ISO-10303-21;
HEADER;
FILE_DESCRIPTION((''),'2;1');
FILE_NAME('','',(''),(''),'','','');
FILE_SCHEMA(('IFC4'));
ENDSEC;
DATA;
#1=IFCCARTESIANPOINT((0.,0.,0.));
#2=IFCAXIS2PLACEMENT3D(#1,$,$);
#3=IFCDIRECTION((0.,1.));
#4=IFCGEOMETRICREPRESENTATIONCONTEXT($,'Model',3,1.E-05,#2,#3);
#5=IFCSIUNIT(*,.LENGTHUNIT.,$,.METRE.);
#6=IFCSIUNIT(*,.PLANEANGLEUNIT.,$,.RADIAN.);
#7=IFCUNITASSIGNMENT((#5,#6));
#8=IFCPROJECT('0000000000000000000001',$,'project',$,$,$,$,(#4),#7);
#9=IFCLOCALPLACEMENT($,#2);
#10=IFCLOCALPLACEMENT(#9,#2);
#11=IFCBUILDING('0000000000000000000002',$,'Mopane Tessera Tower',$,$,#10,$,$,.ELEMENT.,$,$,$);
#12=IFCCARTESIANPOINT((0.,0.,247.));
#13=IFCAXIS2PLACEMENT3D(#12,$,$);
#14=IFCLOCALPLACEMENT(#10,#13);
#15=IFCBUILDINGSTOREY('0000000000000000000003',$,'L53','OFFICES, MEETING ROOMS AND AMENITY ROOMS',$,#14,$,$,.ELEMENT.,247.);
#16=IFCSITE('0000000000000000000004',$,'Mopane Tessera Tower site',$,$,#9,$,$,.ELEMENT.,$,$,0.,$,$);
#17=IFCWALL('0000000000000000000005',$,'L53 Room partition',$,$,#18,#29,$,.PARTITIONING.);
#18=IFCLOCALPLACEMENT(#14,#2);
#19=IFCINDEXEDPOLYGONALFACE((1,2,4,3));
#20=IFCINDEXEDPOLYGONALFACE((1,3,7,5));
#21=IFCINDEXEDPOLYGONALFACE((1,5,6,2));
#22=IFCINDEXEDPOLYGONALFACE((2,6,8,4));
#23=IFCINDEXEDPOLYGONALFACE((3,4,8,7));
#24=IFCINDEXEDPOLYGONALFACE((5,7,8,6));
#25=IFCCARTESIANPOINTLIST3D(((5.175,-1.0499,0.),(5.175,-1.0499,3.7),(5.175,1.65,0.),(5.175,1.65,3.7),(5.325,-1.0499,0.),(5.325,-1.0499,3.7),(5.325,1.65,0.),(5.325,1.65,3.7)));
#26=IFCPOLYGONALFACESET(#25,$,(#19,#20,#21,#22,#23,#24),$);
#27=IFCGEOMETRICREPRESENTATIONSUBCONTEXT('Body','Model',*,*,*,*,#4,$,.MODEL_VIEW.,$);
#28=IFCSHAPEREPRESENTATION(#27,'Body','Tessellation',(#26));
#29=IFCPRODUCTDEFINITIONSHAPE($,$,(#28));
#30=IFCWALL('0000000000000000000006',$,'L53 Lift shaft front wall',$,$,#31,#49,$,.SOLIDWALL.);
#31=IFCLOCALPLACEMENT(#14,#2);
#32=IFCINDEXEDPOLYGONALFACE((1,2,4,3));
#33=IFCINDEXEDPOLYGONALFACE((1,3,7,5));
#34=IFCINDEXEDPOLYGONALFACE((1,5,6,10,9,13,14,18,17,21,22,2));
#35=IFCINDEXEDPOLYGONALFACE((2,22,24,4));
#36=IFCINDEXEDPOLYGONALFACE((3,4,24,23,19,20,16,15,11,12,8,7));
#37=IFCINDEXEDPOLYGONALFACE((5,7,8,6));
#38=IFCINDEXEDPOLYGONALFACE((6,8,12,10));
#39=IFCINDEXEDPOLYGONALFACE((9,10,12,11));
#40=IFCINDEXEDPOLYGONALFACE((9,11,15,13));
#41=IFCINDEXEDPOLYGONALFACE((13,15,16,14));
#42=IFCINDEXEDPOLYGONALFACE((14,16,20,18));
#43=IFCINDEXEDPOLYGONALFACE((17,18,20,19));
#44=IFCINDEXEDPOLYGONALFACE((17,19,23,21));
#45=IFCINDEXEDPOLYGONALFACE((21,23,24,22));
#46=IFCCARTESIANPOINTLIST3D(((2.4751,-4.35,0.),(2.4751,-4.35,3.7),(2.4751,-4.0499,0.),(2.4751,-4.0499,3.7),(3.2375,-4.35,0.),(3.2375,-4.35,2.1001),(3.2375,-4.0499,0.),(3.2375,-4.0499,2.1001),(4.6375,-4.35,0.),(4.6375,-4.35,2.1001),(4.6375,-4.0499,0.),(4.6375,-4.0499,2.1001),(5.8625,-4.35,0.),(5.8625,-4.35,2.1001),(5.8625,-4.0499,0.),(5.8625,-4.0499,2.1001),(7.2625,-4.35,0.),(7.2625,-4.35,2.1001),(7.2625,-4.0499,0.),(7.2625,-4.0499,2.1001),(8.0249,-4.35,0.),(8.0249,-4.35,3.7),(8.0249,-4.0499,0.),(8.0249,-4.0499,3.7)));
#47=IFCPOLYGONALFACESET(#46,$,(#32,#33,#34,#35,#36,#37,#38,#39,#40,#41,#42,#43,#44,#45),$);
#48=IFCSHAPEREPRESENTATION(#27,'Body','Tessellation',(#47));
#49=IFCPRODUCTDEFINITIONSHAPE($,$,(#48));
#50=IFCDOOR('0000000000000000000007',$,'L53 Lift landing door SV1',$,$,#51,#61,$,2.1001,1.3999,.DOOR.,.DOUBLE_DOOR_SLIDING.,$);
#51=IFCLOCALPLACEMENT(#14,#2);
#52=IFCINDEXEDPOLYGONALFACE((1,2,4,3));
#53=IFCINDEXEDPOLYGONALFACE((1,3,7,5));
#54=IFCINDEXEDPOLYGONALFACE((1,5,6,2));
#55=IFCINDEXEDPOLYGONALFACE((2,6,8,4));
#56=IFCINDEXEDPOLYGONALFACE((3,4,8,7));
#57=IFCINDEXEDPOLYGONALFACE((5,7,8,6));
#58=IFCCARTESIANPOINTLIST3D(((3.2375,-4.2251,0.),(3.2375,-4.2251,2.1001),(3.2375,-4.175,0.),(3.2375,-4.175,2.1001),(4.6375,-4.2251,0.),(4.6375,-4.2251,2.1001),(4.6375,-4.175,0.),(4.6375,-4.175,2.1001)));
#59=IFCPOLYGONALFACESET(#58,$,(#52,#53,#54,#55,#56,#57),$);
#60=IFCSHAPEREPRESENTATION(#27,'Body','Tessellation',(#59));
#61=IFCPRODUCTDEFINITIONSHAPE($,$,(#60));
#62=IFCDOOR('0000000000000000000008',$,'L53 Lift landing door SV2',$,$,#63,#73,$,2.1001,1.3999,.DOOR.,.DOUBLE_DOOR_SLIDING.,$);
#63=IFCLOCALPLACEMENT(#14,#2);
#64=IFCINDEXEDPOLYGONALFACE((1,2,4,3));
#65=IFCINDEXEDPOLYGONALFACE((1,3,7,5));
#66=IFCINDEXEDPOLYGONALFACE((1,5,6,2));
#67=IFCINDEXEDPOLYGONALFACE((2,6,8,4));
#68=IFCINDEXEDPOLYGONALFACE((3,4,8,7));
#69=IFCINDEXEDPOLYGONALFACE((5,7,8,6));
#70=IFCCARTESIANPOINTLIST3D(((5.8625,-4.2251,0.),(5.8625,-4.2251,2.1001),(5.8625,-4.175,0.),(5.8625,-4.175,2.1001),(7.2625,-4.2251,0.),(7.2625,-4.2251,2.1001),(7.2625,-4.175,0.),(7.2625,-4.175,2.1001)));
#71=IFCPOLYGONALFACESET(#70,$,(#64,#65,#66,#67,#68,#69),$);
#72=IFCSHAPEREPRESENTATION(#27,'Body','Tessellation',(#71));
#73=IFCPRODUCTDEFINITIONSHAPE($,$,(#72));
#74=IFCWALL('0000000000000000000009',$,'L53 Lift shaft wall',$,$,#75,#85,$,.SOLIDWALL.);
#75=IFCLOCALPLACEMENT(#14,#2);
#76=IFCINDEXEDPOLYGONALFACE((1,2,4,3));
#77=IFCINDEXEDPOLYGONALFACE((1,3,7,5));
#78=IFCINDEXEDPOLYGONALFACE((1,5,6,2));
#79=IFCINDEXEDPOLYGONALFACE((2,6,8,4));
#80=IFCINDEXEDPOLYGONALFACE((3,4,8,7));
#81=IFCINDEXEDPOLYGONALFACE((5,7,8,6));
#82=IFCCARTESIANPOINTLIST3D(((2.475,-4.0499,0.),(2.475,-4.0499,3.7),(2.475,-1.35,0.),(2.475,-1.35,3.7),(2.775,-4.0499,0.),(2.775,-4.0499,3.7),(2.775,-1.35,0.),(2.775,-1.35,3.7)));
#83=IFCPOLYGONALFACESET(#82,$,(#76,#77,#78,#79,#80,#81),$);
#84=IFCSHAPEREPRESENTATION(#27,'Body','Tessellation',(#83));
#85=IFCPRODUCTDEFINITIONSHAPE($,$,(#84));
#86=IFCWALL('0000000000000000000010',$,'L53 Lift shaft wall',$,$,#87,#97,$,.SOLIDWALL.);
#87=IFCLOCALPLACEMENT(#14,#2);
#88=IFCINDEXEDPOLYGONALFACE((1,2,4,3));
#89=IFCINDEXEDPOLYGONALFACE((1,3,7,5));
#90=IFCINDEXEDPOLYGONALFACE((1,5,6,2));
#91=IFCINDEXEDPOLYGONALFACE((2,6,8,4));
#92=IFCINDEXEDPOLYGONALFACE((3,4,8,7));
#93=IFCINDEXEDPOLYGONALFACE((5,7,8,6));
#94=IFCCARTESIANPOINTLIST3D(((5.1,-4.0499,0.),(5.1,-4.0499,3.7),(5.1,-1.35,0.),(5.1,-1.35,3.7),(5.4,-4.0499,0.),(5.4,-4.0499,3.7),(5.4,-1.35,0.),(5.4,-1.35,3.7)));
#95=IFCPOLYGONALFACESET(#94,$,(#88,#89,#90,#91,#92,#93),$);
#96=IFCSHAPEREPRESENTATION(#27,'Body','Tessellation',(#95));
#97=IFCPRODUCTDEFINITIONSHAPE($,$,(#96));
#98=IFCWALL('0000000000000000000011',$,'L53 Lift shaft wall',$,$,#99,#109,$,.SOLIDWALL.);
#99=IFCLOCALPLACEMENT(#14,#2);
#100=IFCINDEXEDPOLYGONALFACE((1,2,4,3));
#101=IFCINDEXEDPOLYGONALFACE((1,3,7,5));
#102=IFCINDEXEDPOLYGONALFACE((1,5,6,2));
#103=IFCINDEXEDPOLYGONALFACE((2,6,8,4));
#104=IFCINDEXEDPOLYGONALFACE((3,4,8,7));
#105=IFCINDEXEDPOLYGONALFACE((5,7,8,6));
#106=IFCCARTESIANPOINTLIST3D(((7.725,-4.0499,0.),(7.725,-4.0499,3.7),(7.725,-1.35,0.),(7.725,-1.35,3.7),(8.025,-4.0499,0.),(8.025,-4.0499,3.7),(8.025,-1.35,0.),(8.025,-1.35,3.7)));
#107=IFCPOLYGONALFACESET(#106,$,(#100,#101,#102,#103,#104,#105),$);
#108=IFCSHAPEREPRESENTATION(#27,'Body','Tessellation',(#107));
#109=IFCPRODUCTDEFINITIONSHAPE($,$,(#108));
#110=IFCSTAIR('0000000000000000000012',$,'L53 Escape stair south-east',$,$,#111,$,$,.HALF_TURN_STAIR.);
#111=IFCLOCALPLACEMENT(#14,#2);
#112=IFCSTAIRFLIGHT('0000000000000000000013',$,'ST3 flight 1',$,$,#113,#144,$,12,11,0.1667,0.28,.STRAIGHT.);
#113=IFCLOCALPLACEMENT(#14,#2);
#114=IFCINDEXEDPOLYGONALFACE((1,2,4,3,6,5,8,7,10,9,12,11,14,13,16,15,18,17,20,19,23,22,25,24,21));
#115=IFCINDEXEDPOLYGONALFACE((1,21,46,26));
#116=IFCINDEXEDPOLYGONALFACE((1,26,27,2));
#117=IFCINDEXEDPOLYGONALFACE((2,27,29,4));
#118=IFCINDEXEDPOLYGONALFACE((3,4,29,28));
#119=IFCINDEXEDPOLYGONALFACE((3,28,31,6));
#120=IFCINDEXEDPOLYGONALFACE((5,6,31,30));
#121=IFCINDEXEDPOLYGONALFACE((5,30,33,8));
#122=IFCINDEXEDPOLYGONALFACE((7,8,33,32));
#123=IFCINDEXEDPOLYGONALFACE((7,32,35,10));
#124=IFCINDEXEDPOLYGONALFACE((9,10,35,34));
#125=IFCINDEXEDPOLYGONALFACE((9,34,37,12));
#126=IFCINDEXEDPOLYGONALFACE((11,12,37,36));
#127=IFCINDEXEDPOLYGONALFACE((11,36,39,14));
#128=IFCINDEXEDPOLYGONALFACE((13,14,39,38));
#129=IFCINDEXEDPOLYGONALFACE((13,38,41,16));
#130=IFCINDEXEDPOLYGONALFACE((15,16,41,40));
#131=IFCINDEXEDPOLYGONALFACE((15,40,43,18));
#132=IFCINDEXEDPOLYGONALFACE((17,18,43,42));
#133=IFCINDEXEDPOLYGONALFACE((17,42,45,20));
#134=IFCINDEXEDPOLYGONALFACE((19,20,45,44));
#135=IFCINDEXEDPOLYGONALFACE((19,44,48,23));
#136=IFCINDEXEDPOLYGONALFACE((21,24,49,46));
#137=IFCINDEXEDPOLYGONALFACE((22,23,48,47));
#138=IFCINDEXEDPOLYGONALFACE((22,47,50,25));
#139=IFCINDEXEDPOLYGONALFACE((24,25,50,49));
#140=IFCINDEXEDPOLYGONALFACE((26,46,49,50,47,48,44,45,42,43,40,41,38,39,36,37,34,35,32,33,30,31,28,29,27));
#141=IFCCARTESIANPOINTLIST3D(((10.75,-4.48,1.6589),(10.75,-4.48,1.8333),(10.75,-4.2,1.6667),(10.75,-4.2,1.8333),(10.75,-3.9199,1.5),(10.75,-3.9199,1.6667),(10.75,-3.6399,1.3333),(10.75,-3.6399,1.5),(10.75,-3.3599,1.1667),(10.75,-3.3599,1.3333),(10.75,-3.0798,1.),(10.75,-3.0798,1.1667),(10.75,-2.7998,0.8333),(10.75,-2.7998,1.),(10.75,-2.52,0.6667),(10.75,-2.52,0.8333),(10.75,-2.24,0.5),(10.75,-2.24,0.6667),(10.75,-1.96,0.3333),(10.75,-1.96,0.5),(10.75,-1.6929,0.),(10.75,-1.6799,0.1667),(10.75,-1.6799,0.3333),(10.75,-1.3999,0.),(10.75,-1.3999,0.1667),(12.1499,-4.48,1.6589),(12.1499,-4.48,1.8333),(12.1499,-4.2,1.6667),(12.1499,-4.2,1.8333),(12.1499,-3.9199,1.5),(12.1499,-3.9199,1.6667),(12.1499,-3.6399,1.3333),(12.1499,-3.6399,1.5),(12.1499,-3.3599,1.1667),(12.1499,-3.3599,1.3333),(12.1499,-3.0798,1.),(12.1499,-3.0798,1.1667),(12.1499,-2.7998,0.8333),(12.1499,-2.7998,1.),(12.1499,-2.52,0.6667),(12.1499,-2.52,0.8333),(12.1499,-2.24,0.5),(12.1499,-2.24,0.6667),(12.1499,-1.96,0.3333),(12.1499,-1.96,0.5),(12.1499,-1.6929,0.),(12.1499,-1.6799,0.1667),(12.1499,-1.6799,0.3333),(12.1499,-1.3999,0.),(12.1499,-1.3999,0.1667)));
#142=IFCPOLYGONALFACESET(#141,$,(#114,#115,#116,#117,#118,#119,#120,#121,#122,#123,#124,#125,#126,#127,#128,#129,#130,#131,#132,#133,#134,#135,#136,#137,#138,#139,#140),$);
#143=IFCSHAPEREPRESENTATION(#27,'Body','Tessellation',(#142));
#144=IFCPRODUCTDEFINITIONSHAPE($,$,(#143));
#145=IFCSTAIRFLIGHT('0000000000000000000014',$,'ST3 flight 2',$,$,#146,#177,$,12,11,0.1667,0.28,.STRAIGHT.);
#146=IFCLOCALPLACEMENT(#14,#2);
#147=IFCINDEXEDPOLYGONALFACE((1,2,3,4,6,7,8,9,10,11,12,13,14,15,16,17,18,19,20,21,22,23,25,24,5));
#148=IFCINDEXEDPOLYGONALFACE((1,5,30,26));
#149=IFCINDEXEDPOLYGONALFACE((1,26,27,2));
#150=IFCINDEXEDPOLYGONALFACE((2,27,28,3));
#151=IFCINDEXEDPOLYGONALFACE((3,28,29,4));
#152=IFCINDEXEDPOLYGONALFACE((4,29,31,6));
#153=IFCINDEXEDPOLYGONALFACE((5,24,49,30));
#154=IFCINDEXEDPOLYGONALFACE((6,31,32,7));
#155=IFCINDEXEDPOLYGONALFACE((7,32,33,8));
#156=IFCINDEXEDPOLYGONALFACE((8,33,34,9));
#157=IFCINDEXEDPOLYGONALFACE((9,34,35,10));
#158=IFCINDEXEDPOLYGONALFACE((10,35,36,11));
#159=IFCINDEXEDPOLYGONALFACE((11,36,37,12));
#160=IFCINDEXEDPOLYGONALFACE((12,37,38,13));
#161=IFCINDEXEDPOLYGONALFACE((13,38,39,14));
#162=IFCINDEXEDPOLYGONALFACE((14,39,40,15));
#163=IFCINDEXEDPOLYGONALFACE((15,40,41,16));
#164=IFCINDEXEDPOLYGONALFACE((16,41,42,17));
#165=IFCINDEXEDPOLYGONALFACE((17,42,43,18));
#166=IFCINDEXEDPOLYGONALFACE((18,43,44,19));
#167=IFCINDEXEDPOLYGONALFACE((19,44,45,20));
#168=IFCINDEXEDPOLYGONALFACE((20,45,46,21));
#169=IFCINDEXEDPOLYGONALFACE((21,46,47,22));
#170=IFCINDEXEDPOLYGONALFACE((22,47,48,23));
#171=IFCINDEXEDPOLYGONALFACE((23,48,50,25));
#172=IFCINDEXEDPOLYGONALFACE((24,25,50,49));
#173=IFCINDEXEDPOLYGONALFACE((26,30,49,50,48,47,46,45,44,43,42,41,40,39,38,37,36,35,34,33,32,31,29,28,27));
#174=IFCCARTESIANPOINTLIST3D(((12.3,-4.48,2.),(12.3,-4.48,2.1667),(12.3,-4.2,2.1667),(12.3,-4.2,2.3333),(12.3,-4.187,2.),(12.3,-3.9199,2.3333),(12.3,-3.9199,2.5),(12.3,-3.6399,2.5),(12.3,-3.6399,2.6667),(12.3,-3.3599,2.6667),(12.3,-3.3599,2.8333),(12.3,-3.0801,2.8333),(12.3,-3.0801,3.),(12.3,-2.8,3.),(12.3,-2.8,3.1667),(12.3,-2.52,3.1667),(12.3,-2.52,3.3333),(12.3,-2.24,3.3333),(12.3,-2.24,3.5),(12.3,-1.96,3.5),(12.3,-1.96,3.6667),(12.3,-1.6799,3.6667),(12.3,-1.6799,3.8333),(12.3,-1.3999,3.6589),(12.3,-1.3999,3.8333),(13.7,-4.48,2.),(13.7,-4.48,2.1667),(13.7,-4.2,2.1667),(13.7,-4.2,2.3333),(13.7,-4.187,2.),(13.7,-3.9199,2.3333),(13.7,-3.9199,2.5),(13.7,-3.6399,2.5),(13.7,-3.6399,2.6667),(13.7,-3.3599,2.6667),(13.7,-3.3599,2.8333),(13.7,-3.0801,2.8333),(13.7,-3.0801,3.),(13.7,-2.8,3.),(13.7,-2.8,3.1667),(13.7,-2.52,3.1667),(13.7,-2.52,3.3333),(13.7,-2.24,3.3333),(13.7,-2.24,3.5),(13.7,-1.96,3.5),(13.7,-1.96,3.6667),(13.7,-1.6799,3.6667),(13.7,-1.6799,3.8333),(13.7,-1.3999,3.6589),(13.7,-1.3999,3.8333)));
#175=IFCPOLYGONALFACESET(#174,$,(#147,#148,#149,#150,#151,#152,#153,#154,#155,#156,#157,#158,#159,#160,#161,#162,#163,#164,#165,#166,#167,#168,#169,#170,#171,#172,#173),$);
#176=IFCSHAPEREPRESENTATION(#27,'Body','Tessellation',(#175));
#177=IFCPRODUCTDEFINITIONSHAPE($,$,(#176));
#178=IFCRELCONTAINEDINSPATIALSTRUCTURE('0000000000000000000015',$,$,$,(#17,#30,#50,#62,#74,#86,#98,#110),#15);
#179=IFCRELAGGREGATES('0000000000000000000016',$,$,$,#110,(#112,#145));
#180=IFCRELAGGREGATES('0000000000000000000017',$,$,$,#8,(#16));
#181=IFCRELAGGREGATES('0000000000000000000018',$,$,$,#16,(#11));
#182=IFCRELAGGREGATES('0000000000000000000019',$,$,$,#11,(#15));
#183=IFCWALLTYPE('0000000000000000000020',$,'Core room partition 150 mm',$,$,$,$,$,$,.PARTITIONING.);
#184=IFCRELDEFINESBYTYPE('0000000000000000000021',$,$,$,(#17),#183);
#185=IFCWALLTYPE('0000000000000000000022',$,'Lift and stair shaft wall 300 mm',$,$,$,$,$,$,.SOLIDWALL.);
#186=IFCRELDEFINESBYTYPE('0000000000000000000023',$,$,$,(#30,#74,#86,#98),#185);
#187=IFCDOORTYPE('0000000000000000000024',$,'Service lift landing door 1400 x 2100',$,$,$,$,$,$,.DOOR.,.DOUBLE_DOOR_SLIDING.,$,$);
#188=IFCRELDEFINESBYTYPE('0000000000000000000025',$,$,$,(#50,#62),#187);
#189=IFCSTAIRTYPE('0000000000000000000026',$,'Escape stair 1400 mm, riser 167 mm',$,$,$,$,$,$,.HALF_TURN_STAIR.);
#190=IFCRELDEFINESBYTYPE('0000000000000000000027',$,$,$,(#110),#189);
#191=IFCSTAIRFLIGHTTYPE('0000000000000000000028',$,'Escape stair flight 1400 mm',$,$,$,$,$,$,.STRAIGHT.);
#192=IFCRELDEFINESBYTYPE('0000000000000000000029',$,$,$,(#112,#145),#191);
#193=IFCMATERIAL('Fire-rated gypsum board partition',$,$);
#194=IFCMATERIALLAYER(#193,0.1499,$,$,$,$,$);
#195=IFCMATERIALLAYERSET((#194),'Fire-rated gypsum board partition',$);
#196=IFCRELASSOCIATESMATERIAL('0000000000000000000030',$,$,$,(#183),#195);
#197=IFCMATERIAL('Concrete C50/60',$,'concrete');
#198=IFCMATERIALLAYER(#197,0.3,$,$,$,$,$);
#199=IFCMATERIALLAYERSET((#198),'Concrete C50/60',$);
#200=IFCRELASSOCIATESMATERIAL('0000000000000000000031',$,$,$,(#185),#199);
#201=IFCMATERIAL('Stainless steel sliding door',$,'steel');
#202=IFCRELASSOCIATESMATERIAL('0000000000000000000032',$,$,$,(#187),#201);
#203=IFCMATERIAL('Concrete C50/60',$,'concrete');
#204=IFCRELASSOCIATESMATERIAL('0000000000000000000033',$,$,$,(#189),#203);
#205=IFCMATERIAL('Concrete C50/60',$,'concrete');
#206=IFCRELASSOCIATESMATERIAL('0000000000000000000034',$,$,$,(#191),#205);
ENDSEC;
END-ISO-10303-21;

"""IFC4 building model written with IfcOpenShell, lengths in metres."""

from ifc_helpers import new_model, si_unit, direction, frame, frame_2d, origin, place, context, subcontext, project, spatial, polyline, rectangle, outline, extrude, material, layer, layer_set, type_object, element, fill, aggregate, save


model = new_model("IFC4")

# Units and contexts
model_context = context("Model", 3, precision=1e-05, world=origin(), true_north=direction((0.0, 1.0)))
body_context = subcontext(model_context, "Body", "Model", "MODEL_VIEW")
ifc_project = project(units=[si_unit("LENGTHUNIT", "METRE"), si_unit("PLANEANGLEUNIT", "RADIAN")], contexts=[model_context])

# Site, building, storey
site_placement = place(None, origin())
site = spatial("IfcSite", under=ifc_project, at=site_placement, Name="Mopane Tessera Tower site", CompositionType="ELEMENT", RefElevation=0.0)
building_placement = place(site_placement, origin())
building = spatial("IfcBuilding", under=site, at=building_placement, Name="Mopane Tessera Tower", CompositionType="ELEMENT")
storey_placement = place(building_placement, frame((0.0, 0.0, 247.0)))
storey = spatial("IfcBuildingStorey", under=building, at=storey_placement, Name="L53", Description="OFFICES, MEETING ROOMS AND AMENITY ROOMS", CompositionType="ELEMENT", Elevation=247.0)

# Wall
ifc_material_1 = material(Name="Fire-rated gypsum board partition")
ifc_layer_1 = layer(ifc_material_1, 0.1499)
ifc_layer_set_1 = layer_set([ifc_layer_1], Name="Fire-rated gypsum board partition")
wall_type_1 = type_object("IfcWallType", Name="Core room partition 150 mm", PredefinedType="PARTITIONING", material=ifc_layer_set_1)
for number, where, z_axis, x_axis, name in (
    (1, (5.25, -1.05, 0.0), (0.0, 0.0, 1.0), (0.0, 1.0, 0.0), "L53 Room partition"),
):
    element("IfcWall", number, at=place(storey_placement, frame(where, z_axis=z_axis, x_axis=x_axis)), inside=storey, type_object=wall_type_1, Name=name, PredefinedType="PARTITIONING", context=body_context, shape_type="SweptSolid", body=[
        extrude(rectangle(XDim=2.7, YDim=0.1499, at=frame_2d((1.3501, 0.0))), origin(), (0.0, 0.0, 1.0), 3.7),
    ])

# Wall, openings, doors
ifc_material_2 = material(Name="Concrete C50/60", Category="concrete")
ifc_layer_2 = layer(ifc_material_2, 0.3)
ifc_layer_set_2 = layer_set([ifc_layer_2], Name="Concrete C50/60")
wall_type_2 = type_object("IfcWallType", Name="Lift and stair shaft wall 300 mm", PredefinedType="SOLIDWALL", material=ifc_layer_set_2)
wall_placement = place(storey_placement, frame((2.4751, -4.2, 0.0), z_axis=(0.0, 0.0, 1.0), x_axis=(1.0, 0.0, 0.0)))
wall = element("IfcWall", 2, at=wall_placement, inside=storey, type_object=wall_type_2, Name="L53 Lift shaft front wall", PredefinedType="SOLIDWALL", context=body_context, shape_type="SweptSolid", body=[
    extrude(rectangle(XDim=5.5498, YDim=0.3, at=frame_2d((2.7749, 0.0))), origin(), (0.0, 0.0, 1.0), 3.7),
])
opening_1_placement = place(wall_placement, frame((0.7625, 0.0, 0.0)))
opening_1 = element("IfcOpeningElement", 3, at=opening_1_placement, cuts=wall, PredefinedType="OPENING", context=body_context, shape_type="SweptSolid", body=[
    extrude(rectangle(XDim=1.3999, YDim=2.1001, at=frame_2d((0.7, 1.05))), frame((0.0, 0.1621, 0.0), z_axis=(0.0, -1.0, 0.0), x_axis=(1.0, 0.0, 0.0)), (0.0, 0.0, 1.0), 0.324),
])
opening_2_placement = place(wall_placement, frame((3.3875, 0.0, 0.0)))
opening_2 = element("IfcOpeningElement", 4, at=opening_2_placement, cuts=wall, PredefinedType="OPENING", context=body_context, shape_type="SweptSolid", body=[
    extrude(rectangle(XDim=1.3999, YDim=2.1001, at=frame_2d((0.7, 1.05))), frame((0.0, 0.1621, 0.0), z_axis=(0.0, -1.0, 0.0), x_axis=(1.0, 0.0, 0.0)), (0.0, 0.0, 1.0), 0.324),
])
ifc_material_3 = material(Name="Stainless steel sliding door", Category="steel")
door_type = type_object("IfcDoorType", Name="Service lift landing door 1400 x 2100", OperationType="DOUBLE_DOOR_SLIDING", PredefinedType="DOOR", material=ifc_material_3)
door_1_placement = place(opening_1_placement, origin())
door_1 = element("IfcDoor", 5, at=door_1_placement, inside=storey, type_object=door_type, Name="L53 Lift landing door SV1", OperationType="DOUBLE_DOOR_SLIDING", OverallHeight=2.1001, OverallWidth=1.3999, PredefinedType="DOOR", context=body_context, shape_type="SweptSolid", body=[
    extrude(rectangle(XDim=1.3999, YDim=2.1001, at=frame_2d((0.7, 1.05))), frame((0.0, 0.0249, 0.0), z_axis=(0.0, -1.0, 0.0), x_axis=(1.0, 0.0, 0.0)), (0.0, 0.0, 1.0), 0.05),
])
fill(opening_1, door_1)
door_2_placement = place(opening_2_placement, origin())
door_2 = element("IfcDoor", 6, at=door_2_placement, inside=storey, type_object=door_type, Name="L53 Lift landing door SV2", OperationType="DOUBLE_DOOR_SLIDING", OverallHeight=2.1001, OverallWidth=1.3999, PredefinedType="DOOR", context=body_context, shape_type="SweptSolid", body=[
    extrude(rectangle(XDim=1.3999, YDim=2.1001, at=frame_2d((0.7, 1.05))), frame((0.0, 0.0249, 0.0), z_axis=(0.0, -1.0, 0.0), x_axis=(1.0, 0.0, 0.0)), (0.0, 0.0, 1.0), 0.05),
])
fill(opening_2, door_2)

# Walls
for number, where, z_axis, x_axis, name in (
    (7, (2.625, -4.05, 0.0), (0.0, 0.0, 1.0), (0.0, 1.0, 0.0), "L53 Lift shaft wall"),
    (8, (5.25, -4.05, 0.0), (0.0, 0.0, 1.0), (0.0, 1.0, 0.0), "L53 Lift shaft wall"),
    (9, (7.875, -4.05, 0.0), (0.0, 0.0, 1.0), (0.0, 1.0, 0.0), "L53 Lift shaft wall"),
):
    element("IfcWall", number, at=place(storey_placement, frame(where, z_axis=z_axis, x_axis=x_axis)), inside=storey, type_object=wall_type_2, Name=name, PredefinedType="SOLIDWALL", context=body_context, shape_type="SweptSolid", body=[
        extrude(rectangle(XDim=2.7, YDim=0.3, at=frame_2d((1.3501, 0.0))), origin(), (0.0, 0.0, 1.0), 3.7),
    ])

# Stair, stair flights
ifc_material_4 = material(Name="Concrete C50/60", Category="concrete")
stair_type = type_object("IfcStairType", Name="Escape stair 1400 mm, riser 167 mm", PredefinedType="HALF_TURN_STAIR", material=ifc_material_4)
stair_placement = place(storey_placement, origin())
stair = element("IfcStair", 10, at=stair_placement, inside=storey, type_object=stair_type, Name="L53 Escape stair south-east", PredefinedType="HALF_TURN_STAIR")
ifc_material_5 = material(Name="Concrete C50/60", Category="concrete")
stair_flight_type = type_object("IfcStairFlightType", Name="Escape stair flight 1400 mm", PredefinedType="STRAIGHT", material=ifc_material_5)
stair_flight_1_placement = place(storey_placement, frame((11.45, -1.3999, 0.0), z_axis=(0.0, 0.0, 1.0), x_axis=(0.0, -1.0, 0.0)))
stair_flight_1 = element("IfcStairFlight", 11, at=stair_flight_1_placement, type_object=stair_flight_type, Name="ST3 flight 1", NumberOfRisers=12, NumberOfTreads=11, PredefinedType="STRAIGHT", RiserHeight=0.1667, TreadLength=0.28, context=body_context, shape_type="SweptSolid", body=[
    extrude(outline(polyline([(0.0, 0.0), (0.0, 0.1667), (0.28, 0.1667), (0.28, 0.3333), (0.5601, 0.3333), (0.5601, 0.5), (0.8401, 0.5), (0.8401, 0.6667), (1.1201, 0.6667), (1.1201, 0.8333), (1.3999, 0.8333), (1.3999, 1.0), (1.6799, 1.0), (1.6799, 1.1667), (1.96, 1.1667), (1.96, 1.3333), (2.24, 1.3333), (2.24, 1.5), (2.52, 1.5), (2.52, 1.6667), (2.8, 1.6667), (2.8, 1.8333), (3.0801, 1.8333), (3.0801, 2.0), (3.0801, 1.6589), (0.293, 0.0), (0.0, 0.0)])), frame((0.0, 0.7, 0.0), z_axis=(0.0, -1.0, 0.0), x_axis=(1.0, 0.0, 0.0)), (0.0, 0.0, 1.0), 1.3999),
])
stair_flight_2_placement = place(storey_placement, frame((13.0, -4.48, 2.0), z_axis=(0.0, 0.0, 1.0), x_axis=(0.0, 1.0, 0.0)))
stair_flight_2 = element("IfcStairFlight", 12, at=stair_flight_2_placement, type_object=stair_flight_type, Name="ST3 flight 2", NumberOfRisers=12, NumberOfTreads=11, PredefinedType="STRAIGHT", RiserHeight=0.1667, TreadLength=0.28, context=body_context, shape_type="SweptSolid", body=[
    extrude(outline(polyline([(0.0, 0.0), (0.0, 0.1667), (0.28, 0.1667), (0.28, 0.3333), (0.5601, 0.3333), (0.5601, 0.5), (0.8401, 0.5), (0.8401, 0.6667), (1.1201, 0.6667), (1.1201, 0.8333), (1.3999, 0.8333), (1.3999, 1.0), (1.6799, 1.0), (1.6799, 1.1667), (1.96, 1.1667), (1.96, 1.3333), (2.24, 1.3333), (2.24, 1.5), (2.52, 1.5), (2.52, 1.6667), (2.8, 1.6667), (2.8, 1.8333), (3.0801, 1.8333), (3.0801, 2.0), (3.0801, 1.6589), (0.293, 0.0), (0.0, 0.0)])), frame((0.0, 0.7, 0.0), z_axis=(0.0, -1.0, 0.0), x_axis=(1.0, 0.0, 0.0)), (0.0, 0.0, 1.0), 1.3999),
])
aggregate(stair, [stair_flight_1, stair_flight_2])

save(model, "model.ifc")
